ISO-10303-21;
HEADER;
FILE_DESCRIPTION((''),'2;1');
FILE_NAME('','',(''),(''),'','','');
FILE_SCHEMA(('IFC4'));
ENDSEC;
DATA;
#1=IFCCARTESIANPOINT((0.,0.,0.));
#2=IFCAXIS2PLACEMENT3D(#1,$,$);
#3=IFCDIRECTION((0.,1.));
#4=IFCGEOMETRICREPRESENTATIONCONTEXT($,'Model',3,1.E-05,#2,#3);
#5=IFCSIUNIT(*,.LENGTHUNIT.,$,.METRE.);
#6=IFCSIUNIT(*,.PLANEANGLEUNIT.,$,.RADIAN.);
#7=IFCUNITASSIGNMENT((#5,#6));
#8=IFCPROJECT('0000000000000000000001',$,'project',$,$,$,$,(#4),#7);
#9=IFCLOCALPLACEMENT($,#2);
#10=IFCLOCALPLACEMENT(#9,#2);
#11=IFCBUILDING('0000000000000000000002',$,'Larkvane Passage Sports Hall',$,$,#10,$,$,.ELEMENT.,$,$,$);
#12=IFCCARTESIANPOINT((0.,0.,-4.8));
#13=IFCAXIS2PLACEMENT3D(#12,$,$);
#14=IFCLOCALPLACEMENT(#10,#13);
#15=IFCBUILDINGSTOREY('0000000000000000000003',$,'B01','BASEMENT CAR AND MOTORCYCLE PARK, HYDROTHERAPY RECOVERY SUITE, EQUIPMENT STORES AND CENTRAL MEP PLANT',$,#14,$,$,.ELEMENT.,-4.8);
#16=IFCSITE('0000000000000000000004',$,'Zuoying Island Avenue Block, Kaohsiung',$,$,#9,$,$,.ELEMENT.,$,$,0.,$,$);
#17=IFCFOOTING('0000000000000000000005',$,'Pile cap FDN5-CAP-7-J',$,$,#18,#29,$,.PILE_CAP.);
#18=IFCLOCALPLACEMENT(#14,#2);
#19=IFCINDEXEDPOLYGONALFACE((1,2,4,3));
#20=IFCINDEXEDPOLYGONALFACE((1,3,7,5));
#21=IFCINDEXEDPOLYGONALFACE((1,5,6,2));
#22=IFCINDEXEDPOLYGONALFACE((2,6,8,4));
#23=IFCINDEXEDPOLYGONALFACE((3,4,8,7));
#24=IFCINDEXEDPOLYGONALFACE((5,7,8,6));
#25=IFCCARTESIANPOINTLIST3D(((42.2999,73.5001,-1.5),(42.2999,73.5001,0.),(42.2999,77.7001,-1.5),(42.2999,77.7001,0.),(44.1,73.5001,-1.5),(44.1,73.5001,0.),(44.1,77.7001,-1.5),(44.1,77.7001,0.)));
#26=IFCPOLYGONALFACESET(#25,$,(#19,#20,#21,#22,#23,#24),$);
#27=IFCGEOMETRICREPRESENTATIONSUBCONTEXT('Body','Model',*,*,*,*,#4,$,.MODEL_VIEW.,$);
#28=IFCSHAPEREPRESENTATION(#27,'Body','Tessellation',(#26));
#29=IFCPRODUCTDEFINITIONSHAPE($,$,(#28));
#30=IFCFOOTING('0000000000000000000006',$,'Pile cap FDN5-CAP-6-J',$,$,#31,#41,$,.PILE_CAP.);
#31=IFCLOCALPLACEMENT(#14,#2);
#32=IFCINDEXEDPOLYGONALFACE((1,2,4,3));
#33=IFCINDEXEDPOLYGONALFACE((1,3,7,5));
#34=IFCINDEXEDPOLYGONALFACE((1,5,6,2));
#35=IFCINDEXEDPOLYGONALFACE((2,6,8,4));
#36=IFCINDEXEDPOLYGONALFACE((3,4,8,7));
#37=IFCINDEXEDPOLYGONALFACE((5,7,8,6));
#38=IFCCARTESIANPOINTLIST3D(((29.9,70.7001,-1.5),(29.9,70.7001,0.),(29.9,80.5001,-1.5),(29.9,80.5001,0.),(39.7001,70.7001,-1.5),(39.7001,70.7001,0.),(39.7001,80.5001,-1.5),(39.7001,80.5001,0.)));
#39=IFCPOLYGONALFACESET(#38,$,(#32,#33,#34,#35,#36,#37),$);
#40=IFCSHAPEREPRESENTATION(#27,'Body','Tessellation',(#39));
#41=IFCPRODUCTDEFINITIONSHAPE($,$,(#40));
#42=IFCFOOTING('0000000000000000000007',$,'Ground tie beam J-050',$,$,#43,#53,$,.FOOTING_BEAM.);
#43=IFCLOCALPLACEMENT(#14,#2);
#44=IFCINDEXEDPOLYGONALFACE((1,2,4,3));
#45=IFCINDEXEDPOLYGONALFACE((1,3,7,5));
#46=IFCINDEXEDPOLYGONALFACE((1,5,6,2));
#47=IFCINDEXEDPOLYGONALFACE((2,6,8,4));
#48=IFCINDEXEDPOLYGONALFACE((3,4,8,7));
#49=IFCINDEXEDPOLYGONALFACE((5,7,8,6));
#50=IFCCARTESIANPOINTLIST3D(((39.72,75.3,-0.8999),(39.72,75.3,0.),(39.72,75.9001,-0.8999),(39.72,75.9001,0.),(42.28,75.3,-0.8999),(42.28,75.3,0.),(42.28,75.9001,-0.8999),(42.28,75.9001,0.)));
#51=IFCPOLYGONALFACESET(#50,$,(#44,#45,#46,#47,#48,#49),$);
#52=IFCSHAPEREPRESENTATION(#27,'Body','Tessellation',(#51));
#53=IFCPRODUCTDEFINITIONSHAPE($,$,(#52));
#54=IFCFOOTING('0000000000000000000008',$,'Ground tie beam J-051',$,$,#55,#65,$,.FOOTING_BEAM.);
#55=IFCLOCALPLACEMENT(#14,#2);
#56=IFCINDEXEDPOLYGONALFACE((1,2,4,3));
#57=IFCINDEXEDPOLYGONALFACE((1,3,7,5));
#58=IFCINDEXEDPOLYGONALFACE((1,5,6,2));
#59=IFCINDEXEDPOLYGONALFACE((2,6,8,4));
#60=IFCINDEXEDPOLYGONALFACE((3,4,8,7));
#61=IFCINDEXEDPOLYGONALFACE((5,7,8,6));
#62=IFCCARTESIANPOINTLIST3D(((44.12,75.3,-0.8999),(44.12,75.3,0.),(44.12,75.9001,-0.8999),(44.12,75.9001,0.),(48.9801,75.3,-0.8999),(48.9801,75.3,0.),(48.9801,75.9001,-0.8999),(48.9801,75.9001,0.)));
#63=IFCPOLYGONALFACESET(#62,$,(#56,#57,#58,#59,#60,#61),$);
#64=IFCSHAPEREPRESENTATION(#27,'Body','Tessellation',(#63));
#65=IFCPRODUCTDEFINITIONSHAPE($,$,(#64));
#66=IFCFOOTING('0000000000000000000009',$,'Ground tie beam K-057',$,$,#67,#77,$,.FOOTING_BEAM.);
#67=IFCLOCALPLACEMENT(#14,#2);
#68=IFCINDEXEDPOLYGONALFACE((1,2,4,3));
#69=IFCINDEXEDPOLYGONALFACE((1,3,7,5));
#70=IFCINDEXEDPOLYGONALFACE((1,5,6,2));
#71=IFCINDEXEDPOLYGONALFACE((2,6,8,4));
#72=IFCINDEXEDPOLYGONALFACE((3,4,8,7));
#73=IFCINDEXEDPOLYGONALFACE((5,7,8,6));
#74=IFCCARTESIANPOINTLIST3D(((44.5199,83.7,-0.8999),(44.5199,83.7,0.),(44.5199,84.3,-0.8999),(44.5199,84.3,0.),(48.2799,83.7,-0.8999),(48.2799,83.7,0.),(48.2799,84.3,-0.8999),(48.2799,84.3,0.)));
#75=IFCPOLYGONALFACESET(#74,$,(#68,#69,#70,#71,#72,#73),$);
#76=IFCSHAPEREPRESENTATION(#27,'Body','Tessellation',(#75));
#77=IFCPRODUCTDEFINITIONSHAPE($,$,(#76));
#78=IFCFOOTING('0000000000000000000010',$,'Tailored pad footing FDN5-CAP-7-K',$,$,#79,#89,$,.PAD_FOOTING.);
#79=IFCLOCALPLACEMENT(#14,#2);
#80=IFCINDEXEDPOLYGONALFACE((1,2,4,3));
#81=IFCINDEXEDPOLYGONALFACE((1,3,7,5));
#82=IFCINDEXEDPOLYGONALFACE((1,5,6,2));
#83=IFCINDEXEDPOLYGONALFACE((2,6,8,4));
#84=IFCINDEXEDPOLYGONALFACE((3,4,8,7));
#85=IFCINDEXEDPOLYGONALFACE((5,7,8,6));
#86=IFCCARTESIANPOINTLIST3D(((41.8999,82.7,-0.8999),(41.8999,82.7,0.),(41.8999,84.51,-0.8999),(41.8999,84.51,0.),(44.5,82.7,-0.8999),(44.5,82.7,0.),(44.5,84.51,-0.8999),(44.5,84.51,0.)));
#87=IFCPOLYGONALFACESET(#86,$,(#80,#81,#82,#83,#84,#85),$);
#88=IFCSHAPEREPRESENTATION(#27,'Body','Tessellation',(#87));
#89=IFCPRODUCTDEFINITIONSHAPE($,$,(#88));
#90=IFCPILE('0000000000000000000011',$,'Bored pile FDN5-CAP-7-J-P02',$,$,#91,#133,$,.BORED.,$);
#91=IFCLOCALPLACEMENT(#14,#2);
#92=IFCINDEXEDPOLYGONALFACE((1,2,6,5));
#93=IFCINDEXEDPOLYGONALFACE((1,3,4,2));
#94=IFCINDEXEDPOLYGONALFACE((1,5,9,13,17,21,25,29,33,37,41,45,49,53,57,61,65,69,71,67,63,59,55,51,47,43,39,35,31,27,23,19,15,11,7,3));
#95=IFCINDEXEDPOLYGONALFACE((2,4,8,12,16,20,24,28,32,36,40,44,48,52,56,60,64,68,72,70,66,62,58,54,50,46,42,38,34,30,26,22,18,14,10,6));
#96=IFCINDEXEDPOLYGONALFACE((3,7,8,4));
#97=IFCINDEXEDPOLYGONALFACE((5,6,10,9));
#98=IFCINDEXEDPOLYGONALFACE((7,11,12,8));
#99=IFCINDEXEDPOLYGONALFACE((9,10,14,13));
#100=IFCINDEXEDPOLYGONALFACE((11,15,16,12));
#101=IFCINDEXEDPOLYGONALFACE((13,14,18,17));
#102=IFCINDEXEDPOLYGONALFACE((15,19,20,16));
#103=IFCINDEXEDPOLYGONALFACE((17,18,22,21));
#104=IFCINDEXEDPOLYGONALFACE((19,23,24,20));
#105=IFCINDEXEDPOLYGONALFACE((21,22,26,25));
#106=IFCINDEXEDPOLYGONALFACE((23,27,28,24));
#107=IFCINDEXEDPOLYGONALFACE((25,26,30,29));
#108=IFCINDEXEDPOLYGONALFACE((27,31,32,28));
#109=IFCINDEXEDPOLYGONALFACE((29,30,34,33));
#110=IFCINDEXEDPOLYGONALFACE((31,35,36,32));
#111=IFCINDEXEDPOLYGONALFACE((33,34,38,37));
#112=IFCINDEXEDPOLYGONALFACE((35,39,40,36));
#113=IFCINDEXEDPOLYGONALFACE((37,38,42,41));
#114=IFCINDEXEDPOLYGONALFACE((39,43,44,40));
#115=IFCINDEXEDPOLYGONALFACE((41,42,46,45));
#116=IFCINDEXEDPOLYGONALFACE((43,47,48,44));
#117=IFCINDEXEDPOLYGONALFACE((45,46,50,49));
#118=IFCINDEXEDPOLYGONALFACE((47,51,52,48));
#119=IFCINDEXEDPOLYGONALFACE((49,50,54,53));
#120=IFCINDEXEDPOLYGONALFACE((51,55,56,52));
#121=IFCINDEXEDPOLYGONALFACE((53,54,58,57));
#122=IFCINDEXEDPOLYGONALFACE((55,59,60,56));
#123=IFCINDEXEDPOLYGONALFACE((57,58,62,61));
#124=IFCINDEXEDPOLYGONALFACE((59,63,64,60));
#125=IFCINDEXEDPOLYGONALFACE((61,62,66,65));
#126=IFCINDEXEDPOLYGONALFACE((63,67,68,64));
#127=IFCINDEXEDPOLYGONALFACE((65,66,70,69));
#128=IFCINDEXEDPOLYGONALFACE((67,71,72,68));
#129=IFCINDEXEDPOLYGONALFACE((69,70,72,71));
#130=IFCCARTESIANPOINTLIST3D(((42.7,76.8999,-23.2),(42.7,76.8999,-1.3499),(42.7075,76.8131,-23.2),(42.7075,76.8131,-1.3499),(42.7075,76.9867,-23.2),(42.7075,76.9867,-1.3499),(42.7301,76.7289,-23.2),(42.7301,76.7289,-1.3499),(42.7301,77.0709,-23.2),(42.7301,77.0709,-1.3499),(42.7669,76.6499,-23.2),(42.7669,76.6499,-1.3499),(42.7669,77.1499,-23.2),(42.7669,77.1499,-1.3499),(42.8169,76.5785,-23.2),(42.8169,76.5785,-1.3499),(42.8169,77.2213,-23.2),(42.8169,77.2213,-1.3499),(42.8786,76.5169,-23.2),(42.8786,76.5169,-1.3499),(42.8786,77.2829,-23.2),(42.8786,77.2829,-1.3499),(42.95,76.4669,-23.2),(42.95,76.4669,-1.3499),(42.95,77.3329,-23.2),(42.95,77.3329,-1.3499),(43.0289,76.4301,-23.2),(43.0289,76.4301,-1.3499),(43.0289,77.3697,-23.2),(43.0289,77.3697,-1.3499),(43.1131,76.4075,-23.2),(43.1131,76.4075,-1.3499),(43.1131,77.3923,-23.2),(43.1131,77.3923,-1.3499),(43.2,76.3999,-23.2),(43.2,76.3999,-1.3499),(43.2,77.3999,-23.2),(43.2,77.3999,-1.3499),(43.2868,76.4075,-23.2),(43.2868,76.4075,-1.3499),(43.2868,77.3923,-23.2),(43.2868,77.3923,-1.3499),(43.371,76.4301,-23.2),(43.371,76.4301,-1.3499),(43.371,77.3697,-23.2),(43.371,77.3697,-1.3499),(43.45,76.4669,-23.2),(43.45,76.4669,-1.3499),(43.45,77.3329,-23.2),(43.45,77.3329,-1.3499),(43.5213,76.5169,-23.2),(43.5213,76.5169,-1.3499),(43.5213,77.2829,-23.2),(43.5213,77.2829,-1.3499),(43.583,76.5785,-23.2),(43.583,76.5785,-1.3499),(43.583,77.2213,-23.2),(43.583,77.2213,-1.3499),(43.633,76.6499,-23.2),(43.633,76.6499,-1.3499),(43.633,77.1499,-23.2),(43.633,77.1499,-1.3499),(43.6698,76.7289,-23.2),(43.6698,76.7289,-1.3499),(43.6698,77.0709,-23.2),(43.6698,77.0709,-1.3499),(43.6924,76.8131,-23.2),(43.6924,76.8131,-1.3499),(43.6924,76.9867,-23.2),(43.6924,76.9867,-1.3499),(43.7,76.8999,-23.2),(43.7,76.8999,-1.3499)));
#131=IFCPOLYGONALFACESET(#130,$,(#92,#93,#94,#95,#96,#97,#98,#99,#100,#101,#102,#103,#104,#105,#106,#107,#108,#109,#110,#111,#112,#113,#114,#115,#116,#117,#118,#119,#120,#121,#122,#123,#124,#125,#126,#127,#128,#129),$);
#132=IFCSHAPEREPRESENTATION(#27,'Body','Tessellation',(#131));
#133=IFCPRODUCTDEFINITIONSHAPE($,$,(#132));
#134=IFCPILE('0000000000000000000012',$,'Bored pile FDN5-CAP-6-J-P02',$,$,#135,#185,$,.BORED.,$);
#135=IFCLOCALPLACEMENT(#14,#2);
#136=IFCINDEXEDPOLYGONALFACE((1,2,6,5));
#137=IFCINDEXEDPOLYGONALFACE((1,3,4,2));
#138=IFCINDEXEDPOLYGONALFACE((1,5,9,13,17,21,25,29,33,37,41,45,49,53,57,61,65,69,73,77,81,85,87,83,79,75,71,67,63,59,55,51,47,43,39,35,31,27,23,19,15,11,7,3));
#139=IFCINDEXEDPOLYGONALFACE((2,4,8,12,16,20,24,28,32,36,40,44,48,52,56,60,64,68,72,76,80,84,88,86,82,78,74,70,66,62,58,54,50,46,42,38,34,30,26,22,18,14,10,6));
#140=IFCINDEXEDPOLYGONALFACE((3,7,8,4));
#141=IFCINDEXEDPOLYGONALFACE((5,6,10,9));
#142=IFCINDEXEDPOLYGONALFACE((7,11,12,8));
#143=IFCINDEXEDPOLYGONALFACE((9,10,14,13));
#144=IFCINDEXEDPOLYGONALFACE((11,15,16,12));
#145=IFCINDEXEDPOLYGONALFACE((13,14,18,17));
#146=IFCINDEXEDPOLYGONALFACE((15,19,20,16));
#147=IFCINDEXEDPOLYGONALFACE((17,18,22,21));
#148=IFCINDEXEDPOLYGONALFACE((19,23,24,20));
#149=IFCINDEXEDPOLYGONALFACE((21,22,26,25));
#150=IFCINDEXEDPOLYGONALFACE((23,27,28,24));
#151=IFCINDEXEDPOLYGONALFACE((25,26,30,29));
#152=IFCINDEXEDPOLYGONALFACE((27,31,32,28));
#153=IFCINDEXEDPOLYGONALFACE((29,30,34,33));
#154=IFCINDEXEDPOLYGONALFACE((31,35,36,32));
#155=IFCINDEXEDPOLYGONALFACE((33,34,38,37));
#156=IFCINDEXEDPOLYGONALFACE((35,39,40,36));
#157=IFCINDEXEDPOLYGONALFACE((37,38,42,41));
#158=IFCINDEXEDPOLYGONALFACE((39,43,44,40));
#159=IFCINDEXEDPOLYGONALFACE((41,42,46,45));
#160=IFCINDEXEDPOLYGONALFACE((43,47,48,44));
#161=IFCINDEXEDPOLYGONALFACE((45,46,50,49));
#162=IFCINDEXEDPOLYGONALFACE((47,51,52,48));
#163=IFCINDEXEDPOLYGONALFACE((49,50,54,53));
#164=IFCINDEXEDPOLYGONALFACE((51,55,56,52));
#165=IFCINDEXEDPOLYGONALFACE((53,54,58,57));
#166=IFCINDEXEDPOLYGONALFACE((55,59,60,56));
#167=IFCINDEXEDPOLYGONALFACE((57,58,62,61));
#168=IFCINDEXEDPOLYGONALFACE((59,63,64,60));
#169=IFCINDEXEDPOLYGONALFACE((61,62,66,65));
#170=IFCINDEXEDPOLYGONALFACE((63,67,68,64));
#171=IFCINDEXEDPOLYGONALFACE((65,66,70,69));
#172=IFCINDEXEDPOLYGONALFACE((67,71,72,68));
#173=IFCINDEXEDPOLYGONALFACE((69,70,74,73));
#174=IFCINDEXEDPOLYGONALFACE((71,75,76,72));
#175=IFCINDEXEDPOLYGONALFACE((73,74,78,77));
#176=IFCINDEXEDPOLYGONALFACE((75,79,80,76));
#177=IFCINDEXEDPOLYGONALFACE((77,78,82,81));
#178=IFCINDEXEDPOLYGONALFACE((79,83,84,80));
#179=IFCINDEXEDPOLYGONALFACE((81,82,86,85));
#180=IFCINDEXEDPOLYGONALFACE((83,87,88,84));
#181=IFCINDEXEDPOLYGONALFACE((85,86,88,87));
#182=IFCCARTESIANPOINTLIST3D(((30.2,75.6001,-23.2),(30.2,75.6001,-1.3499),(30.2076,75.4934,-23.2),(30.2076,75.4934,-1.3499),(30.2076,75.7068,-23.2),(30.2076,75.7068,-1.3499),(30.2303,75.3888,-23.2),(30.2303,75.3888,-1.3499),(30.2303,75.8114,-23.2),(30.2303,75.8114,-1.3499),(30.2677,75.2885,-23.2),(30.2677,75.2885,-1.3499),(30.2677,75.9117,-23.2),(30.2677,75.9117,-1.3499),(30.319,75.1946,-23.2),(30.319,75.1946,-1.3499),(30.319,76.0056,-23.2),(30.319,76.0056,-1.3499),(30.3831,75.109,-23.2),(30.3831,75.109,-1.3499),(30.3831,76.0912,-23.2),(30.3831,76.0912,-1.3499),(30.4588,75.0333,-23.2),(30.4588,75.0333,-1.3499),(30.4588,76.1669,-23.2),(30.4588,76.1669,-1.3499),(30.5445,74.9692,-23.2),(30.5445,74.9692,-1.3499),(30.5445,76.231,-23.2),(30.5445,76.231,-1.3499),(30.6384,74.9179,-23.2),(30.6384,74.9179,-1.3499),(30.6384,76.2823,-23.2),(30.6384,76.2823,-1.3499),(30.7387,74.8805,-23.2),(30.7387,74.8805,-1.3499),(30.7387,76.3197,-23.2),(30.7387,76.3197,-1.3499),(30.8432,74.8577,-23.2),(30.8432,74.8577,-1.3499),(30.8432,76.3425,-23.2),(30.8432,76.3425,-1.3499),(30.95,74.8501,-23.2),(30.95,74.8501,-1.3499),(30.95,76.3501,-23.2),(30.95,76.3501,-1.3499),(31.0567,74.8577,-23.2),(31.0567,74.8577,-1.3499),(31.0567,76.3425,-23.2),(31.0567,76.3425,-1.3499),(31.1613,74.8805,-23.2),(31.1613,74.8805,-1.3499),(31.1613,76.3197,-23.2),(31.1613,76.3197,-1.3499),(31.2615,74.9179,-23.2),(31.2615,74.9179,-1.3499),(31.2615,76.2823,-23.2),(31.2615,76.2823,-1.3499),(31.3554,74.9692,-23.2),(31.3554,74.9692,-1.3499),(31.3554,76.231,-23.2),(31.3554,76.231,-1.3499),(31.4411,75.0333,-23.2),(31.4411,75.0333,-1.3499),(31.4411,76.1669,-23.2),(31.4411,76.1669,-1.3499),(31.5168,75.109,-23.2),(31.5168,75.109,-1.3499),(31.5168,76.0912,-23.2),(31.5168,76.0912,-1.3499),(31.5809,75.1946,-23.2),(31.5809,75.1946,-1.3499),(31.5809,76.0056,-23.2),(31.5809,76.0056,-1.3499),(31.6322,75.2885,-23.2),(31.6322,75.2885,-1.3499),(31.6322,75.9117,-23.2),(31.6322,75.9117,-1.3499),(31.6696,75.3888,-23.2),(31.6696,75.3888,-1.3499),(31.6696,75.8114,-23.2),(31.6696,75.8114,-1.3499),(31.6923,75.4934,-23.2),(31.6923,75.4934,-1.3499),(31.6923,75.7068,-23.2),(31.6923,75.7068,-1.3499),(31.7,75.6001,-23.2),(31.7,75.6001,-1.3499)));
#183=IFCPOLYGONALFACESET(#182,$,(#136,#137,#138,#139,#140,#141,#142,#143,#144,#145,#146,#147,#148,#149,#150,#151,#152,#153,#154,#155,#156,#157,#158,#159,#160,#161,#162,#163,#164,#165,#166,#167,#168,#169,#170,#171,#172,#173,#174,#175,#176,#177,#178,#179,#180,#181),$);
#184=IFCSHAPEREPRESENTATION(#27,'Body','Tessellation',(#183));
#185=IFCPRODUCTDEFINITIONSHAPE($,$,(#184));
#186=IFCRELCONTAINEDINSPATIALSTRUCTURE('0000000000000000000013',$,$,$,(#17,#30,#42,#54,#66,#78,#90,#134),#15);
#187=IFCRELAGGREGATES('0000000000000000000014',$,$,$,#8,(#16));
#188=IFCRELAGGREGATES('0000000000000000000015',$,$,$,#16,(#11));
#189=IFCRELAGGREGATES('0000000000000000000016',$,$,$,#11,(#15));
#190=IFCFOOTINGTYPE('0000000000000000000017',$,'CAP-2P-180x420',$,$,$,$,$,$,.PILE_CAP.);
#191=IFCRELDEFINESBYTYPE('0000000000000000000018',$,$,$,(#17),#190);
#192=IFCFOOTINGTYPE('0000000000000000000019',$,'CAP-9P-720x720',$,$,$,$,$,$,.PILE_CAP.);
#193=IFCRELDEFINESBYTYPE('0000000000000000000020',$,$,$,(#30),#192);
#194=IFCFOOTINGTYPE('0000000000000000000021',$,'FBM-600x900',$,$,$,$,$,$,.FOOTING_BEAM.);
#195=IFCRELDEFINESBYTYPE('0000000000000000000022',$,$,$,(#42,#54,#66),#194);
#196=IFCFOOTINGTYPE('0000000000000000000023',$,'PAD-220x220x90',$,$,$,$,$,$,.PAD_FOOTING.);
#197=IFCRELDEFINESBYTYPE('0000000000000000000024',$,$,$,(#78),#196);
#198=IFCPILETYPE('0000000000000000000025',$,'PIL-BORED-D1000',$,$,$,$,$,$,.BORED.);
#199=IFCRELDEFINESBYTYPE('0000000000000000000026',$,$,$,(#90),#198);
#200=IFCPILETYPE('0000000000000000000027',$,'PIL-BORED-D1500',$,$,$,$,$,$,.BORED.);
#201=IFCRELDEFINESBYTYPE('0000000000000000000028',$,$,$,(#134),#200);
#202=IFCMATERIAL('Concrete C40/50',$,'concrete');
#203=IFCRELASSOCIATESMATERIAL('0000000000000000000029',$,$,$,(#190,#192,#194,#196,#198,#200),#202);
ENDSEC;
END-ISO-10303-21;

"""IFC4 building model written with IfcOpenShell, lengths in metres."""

from ifc_helpers import new_model, si_unit, direction, frame, origin, origin_2d, place, context, subcontext, project, spatial, rectangle, circle, extrude, material, material_profile, profile_set, type_object, element, save


model = new_model("IFC4")

# Units and contexts
model_context = context("Model", 3, precision=1e-05, world=origin(), true_north=direction((0.0, 1.0)))
body_context = subcontext(model_context, "Body", "Model", "MODEL_VIEW")
ifc_project = project(units=[si_unit("LENGTHUNIT", "METRE"), si_unit("PLANEANGLEUNIT", "RADIAN")], contexts=[model_context])

# Site, building, storey
site_placement = place(None, origin())
site = spatial("IfcSite", under=ifc_project, at=site_placement, Name="Zuoying Island Avenue Block, Kaohsiung", CompositionType="ELEMENT", RefElevation=0.0)
building_placement = place(site_placement, origin())
building = spatial("IfcBuilding", under=site, at=building_placement, Name="Larkvane Passage Sports Hall", CompositionType="ELEMENT")
storey_placement = place(building_placement, frame((0.0, 0.0, -4.8)))
storey = spatial("IfcBuildingStorey", under=building, at=storey_placement, Name="B01", Description="BASEMENT CAR AND MOTORCYCLE PARK, HYDROTHERAPY RECOVERY SUITE, EQUIPMENT STORES AND CENTRAL MEP PLANT", CompositionType="ELEMENT", Elevation=-4.8)

# Footings
ifc_material_1 = material(Name="Concrete C40/50", Category="concrete")
footing_type_1 = type_object("IfcFootingType", Name="CAP-2P-180x420", PredefinedType="PILE_CAP", material=ifc_material_1)
footing_1_placement = place(storey_placement, frame((43.2, 75.6001, -1.5), z_axis=(0.0, 0.0, 1.0), x_axis=(1.0, 0.0, 0.0)))
element("IfcFooting", 1, at=footing_1_placement, inside=storey, type_object=footing_type_1, Name="Pile cap FDN5-CAP-7-J", PredefinedType="PILE_CAP", context=body_context, shape_type="SweptSolid", body=[
    extrude(rectangle(XDim=1.8, YDim=4.2, at=origin_2d()), origin(), (0.0, 0.0, 1.0), 1.5),
])
footing_type_2 = type_object("IfcFootingType", Name="CAP-9P-720x720", PredefinedType="PILE_CAP", material=ifc_material_1)
footing_2_placement = place(storey_placement, frame((34.8, 75.6001, -1.5), z_axis=(0.0, 0.0, 1.0), x_axis=(1.0, 0.0, 0.0)))
element("IfcFooting", 2, at=footing_2_placement, inside=storey, type_object=footing_type_2, Name="Pile cap FDN5-CAP-6-J", PredefinedType="PILE_CAP", context=body_context, shape_type="SweptSolid", body=[
    extrude(rectangle(XDim=9.8, YDim=9.8, at=origin_2d()), origin(), (0.0, 0.0, 1.0), 1.5),
])
footing_type_3 = type_object("IfcFootingType", Name="FBM-600x900", PredefinedType="FOOTING_BEAM", material=ifc_material_1)
footing_3_placement = place(storey_placement, frame((41.0, 75.6001, -0.8999), z_axis=(0.0, 0.0, 1.0), x_axis=(1.0, 0.0, 0.0)))
element("IfcFooting", 3, at=footing_3_placement, inside=storey, type_object=footing_type_3, Name="Ground tie beam J-050", PredefinedType="FOOTING_BEAM", context=body_context, shape_type="SweptSolid", body=[
    extrude(rectangle(XDim=2.5601, YDim=0.6001, at=origin_2d()), origin(), (0.0, 0.0, 1.0), 0.8999),
])
footing_4_placement = place(storey_placement, frame((46.55, 75.6001, -0.8999), z_axis=(0.0, 0.0, 1.0), x_axis=(1.0, 0.0, 0.0)))
element("IfcFooting", 4, at=footing_4_placement, inside=storey, type_object=footing_type_3, Name="Ground tie beam J-051", PredefinedType="FOOTING_BEAM", context=body_context, shape_type="SweptSolid", body=[
    extrude(rectangle(XDim=4.8601, YDim=0.6001, at=origin_2d()), origin(), (0.0, 0.0, 1.0), 0.8999),
])
footing_5_placement = place(storey_placement, frame((46.3999, 84.0, -0.8999), z_axis=(0.0, 0.0, 1.0), x_axis=(1.0, 0.0, 0.0)))
element("IfcFooting", 5, at=footing_5_placement, inside=storey, type_object=footing_type_3, Name="Ground tie beam K-057", PredefinedType="FOOTING_BEAM", context=body_context, shape_type="SweptSolid", body=[
    extrude(rectangle(XDim=3.76, YDim=0.6001, at=origin_2d()), origin(), (0.0, 0.0, 1.0), 0.8999),
])
footing_type_4 = type_object("IfcFootingType", Name="PAD-220x220x90", PredefinedType="PAD_FOOTING", material=ifc_material_1)
footing_6_placement = place(storey_placement, frame((43.2, 83.605, -0.8999), z_axis=(0.0, 0.0, 1.0), x_axis=(1.0, 0.0, 0.0)))
element("IfcFooting", 6, at=footing_6_placement, inside=storey, type_object=footing_type_4, Name="Tailored pad footing FDN5-CAP-7-K", PredefinedType="PAD_FOOTING", context=body_context, shape_type="SweptSolid", body=[
    extrude(rectangle(XDim=2.6001, YDim=1.8101, at=origin_2d()), origin(), (0.0, 0.0, 1.0), 0.8999),
])

# Piles
ifc_material_profile_1 = material_profile(ifc_material_1, circle(Radius=0.5, at=origin_2d()), Name="PILE-D1000")
ifc_profile_set_1 = profile_set([ifc_material_profile_1], Name="Concrete C40/50")
pile_type_1 = type_object("IfcPileType", Name="PIL-BORED-D1000", PredefinedType="BORED", material=ifc_profile_set_1)
pile_placement = place(storey_placement, frame((43.2, 76.8999, -1.3499), z_axis=(0.0, 0.0, -1.0), x_axis=(1.0, 0.0, 0.0)))
element("IfcPile", 7, at=pile_placement, inside=storey, type_object=pile_type_1, Name="Bored pile FDN5-CAP-7-J-P02", PredefinedType="BORED", context=body_context, shape_type="SweptSolid", body=[
    extrude(circle(Radius=0.5, at=origin_2d()), origin(), (0.0, 0.0, 1.0), 21.8501),
])
ifc_material_profile_2 = material_profile(ifc_material_1, circle(Radius=0.75, at=origin_2d()), Name="PILE-D1500")
ifc_profile_set_2 = profile_set([ifc_material_profile_2], Name="Concrete C40/50")
pile_type_2 = type_object("IfcPileType", Name="PIL-BORED-D1500", PredefinedType="BORED", material=ifc_profile_set_2)
for number, where, z_axis, x_axis, name in (
    (8, (30.95, 75.6001, -1.3499), (0.0, 0.0, -1.0), (1.0, 0.0, 0.0), "Bored pile FDN5-CAP-6-J-P02"),
):
    element("IfcPile", number, at=place(storey_placement, frame(where, z_axis=z_axis, x_axis=x_axis)), inside=storey, type_object=pile_type_2, Name=name, PredefinedType="BORED", context=body_context, shape_type="SweptSolid", body=[
        extrude(circle(Radius=0.75, at=origin_2d()), origin(), (0.0, 0.0, 1.0), 21.8501),
    ])

save(model, "model.ifc")
